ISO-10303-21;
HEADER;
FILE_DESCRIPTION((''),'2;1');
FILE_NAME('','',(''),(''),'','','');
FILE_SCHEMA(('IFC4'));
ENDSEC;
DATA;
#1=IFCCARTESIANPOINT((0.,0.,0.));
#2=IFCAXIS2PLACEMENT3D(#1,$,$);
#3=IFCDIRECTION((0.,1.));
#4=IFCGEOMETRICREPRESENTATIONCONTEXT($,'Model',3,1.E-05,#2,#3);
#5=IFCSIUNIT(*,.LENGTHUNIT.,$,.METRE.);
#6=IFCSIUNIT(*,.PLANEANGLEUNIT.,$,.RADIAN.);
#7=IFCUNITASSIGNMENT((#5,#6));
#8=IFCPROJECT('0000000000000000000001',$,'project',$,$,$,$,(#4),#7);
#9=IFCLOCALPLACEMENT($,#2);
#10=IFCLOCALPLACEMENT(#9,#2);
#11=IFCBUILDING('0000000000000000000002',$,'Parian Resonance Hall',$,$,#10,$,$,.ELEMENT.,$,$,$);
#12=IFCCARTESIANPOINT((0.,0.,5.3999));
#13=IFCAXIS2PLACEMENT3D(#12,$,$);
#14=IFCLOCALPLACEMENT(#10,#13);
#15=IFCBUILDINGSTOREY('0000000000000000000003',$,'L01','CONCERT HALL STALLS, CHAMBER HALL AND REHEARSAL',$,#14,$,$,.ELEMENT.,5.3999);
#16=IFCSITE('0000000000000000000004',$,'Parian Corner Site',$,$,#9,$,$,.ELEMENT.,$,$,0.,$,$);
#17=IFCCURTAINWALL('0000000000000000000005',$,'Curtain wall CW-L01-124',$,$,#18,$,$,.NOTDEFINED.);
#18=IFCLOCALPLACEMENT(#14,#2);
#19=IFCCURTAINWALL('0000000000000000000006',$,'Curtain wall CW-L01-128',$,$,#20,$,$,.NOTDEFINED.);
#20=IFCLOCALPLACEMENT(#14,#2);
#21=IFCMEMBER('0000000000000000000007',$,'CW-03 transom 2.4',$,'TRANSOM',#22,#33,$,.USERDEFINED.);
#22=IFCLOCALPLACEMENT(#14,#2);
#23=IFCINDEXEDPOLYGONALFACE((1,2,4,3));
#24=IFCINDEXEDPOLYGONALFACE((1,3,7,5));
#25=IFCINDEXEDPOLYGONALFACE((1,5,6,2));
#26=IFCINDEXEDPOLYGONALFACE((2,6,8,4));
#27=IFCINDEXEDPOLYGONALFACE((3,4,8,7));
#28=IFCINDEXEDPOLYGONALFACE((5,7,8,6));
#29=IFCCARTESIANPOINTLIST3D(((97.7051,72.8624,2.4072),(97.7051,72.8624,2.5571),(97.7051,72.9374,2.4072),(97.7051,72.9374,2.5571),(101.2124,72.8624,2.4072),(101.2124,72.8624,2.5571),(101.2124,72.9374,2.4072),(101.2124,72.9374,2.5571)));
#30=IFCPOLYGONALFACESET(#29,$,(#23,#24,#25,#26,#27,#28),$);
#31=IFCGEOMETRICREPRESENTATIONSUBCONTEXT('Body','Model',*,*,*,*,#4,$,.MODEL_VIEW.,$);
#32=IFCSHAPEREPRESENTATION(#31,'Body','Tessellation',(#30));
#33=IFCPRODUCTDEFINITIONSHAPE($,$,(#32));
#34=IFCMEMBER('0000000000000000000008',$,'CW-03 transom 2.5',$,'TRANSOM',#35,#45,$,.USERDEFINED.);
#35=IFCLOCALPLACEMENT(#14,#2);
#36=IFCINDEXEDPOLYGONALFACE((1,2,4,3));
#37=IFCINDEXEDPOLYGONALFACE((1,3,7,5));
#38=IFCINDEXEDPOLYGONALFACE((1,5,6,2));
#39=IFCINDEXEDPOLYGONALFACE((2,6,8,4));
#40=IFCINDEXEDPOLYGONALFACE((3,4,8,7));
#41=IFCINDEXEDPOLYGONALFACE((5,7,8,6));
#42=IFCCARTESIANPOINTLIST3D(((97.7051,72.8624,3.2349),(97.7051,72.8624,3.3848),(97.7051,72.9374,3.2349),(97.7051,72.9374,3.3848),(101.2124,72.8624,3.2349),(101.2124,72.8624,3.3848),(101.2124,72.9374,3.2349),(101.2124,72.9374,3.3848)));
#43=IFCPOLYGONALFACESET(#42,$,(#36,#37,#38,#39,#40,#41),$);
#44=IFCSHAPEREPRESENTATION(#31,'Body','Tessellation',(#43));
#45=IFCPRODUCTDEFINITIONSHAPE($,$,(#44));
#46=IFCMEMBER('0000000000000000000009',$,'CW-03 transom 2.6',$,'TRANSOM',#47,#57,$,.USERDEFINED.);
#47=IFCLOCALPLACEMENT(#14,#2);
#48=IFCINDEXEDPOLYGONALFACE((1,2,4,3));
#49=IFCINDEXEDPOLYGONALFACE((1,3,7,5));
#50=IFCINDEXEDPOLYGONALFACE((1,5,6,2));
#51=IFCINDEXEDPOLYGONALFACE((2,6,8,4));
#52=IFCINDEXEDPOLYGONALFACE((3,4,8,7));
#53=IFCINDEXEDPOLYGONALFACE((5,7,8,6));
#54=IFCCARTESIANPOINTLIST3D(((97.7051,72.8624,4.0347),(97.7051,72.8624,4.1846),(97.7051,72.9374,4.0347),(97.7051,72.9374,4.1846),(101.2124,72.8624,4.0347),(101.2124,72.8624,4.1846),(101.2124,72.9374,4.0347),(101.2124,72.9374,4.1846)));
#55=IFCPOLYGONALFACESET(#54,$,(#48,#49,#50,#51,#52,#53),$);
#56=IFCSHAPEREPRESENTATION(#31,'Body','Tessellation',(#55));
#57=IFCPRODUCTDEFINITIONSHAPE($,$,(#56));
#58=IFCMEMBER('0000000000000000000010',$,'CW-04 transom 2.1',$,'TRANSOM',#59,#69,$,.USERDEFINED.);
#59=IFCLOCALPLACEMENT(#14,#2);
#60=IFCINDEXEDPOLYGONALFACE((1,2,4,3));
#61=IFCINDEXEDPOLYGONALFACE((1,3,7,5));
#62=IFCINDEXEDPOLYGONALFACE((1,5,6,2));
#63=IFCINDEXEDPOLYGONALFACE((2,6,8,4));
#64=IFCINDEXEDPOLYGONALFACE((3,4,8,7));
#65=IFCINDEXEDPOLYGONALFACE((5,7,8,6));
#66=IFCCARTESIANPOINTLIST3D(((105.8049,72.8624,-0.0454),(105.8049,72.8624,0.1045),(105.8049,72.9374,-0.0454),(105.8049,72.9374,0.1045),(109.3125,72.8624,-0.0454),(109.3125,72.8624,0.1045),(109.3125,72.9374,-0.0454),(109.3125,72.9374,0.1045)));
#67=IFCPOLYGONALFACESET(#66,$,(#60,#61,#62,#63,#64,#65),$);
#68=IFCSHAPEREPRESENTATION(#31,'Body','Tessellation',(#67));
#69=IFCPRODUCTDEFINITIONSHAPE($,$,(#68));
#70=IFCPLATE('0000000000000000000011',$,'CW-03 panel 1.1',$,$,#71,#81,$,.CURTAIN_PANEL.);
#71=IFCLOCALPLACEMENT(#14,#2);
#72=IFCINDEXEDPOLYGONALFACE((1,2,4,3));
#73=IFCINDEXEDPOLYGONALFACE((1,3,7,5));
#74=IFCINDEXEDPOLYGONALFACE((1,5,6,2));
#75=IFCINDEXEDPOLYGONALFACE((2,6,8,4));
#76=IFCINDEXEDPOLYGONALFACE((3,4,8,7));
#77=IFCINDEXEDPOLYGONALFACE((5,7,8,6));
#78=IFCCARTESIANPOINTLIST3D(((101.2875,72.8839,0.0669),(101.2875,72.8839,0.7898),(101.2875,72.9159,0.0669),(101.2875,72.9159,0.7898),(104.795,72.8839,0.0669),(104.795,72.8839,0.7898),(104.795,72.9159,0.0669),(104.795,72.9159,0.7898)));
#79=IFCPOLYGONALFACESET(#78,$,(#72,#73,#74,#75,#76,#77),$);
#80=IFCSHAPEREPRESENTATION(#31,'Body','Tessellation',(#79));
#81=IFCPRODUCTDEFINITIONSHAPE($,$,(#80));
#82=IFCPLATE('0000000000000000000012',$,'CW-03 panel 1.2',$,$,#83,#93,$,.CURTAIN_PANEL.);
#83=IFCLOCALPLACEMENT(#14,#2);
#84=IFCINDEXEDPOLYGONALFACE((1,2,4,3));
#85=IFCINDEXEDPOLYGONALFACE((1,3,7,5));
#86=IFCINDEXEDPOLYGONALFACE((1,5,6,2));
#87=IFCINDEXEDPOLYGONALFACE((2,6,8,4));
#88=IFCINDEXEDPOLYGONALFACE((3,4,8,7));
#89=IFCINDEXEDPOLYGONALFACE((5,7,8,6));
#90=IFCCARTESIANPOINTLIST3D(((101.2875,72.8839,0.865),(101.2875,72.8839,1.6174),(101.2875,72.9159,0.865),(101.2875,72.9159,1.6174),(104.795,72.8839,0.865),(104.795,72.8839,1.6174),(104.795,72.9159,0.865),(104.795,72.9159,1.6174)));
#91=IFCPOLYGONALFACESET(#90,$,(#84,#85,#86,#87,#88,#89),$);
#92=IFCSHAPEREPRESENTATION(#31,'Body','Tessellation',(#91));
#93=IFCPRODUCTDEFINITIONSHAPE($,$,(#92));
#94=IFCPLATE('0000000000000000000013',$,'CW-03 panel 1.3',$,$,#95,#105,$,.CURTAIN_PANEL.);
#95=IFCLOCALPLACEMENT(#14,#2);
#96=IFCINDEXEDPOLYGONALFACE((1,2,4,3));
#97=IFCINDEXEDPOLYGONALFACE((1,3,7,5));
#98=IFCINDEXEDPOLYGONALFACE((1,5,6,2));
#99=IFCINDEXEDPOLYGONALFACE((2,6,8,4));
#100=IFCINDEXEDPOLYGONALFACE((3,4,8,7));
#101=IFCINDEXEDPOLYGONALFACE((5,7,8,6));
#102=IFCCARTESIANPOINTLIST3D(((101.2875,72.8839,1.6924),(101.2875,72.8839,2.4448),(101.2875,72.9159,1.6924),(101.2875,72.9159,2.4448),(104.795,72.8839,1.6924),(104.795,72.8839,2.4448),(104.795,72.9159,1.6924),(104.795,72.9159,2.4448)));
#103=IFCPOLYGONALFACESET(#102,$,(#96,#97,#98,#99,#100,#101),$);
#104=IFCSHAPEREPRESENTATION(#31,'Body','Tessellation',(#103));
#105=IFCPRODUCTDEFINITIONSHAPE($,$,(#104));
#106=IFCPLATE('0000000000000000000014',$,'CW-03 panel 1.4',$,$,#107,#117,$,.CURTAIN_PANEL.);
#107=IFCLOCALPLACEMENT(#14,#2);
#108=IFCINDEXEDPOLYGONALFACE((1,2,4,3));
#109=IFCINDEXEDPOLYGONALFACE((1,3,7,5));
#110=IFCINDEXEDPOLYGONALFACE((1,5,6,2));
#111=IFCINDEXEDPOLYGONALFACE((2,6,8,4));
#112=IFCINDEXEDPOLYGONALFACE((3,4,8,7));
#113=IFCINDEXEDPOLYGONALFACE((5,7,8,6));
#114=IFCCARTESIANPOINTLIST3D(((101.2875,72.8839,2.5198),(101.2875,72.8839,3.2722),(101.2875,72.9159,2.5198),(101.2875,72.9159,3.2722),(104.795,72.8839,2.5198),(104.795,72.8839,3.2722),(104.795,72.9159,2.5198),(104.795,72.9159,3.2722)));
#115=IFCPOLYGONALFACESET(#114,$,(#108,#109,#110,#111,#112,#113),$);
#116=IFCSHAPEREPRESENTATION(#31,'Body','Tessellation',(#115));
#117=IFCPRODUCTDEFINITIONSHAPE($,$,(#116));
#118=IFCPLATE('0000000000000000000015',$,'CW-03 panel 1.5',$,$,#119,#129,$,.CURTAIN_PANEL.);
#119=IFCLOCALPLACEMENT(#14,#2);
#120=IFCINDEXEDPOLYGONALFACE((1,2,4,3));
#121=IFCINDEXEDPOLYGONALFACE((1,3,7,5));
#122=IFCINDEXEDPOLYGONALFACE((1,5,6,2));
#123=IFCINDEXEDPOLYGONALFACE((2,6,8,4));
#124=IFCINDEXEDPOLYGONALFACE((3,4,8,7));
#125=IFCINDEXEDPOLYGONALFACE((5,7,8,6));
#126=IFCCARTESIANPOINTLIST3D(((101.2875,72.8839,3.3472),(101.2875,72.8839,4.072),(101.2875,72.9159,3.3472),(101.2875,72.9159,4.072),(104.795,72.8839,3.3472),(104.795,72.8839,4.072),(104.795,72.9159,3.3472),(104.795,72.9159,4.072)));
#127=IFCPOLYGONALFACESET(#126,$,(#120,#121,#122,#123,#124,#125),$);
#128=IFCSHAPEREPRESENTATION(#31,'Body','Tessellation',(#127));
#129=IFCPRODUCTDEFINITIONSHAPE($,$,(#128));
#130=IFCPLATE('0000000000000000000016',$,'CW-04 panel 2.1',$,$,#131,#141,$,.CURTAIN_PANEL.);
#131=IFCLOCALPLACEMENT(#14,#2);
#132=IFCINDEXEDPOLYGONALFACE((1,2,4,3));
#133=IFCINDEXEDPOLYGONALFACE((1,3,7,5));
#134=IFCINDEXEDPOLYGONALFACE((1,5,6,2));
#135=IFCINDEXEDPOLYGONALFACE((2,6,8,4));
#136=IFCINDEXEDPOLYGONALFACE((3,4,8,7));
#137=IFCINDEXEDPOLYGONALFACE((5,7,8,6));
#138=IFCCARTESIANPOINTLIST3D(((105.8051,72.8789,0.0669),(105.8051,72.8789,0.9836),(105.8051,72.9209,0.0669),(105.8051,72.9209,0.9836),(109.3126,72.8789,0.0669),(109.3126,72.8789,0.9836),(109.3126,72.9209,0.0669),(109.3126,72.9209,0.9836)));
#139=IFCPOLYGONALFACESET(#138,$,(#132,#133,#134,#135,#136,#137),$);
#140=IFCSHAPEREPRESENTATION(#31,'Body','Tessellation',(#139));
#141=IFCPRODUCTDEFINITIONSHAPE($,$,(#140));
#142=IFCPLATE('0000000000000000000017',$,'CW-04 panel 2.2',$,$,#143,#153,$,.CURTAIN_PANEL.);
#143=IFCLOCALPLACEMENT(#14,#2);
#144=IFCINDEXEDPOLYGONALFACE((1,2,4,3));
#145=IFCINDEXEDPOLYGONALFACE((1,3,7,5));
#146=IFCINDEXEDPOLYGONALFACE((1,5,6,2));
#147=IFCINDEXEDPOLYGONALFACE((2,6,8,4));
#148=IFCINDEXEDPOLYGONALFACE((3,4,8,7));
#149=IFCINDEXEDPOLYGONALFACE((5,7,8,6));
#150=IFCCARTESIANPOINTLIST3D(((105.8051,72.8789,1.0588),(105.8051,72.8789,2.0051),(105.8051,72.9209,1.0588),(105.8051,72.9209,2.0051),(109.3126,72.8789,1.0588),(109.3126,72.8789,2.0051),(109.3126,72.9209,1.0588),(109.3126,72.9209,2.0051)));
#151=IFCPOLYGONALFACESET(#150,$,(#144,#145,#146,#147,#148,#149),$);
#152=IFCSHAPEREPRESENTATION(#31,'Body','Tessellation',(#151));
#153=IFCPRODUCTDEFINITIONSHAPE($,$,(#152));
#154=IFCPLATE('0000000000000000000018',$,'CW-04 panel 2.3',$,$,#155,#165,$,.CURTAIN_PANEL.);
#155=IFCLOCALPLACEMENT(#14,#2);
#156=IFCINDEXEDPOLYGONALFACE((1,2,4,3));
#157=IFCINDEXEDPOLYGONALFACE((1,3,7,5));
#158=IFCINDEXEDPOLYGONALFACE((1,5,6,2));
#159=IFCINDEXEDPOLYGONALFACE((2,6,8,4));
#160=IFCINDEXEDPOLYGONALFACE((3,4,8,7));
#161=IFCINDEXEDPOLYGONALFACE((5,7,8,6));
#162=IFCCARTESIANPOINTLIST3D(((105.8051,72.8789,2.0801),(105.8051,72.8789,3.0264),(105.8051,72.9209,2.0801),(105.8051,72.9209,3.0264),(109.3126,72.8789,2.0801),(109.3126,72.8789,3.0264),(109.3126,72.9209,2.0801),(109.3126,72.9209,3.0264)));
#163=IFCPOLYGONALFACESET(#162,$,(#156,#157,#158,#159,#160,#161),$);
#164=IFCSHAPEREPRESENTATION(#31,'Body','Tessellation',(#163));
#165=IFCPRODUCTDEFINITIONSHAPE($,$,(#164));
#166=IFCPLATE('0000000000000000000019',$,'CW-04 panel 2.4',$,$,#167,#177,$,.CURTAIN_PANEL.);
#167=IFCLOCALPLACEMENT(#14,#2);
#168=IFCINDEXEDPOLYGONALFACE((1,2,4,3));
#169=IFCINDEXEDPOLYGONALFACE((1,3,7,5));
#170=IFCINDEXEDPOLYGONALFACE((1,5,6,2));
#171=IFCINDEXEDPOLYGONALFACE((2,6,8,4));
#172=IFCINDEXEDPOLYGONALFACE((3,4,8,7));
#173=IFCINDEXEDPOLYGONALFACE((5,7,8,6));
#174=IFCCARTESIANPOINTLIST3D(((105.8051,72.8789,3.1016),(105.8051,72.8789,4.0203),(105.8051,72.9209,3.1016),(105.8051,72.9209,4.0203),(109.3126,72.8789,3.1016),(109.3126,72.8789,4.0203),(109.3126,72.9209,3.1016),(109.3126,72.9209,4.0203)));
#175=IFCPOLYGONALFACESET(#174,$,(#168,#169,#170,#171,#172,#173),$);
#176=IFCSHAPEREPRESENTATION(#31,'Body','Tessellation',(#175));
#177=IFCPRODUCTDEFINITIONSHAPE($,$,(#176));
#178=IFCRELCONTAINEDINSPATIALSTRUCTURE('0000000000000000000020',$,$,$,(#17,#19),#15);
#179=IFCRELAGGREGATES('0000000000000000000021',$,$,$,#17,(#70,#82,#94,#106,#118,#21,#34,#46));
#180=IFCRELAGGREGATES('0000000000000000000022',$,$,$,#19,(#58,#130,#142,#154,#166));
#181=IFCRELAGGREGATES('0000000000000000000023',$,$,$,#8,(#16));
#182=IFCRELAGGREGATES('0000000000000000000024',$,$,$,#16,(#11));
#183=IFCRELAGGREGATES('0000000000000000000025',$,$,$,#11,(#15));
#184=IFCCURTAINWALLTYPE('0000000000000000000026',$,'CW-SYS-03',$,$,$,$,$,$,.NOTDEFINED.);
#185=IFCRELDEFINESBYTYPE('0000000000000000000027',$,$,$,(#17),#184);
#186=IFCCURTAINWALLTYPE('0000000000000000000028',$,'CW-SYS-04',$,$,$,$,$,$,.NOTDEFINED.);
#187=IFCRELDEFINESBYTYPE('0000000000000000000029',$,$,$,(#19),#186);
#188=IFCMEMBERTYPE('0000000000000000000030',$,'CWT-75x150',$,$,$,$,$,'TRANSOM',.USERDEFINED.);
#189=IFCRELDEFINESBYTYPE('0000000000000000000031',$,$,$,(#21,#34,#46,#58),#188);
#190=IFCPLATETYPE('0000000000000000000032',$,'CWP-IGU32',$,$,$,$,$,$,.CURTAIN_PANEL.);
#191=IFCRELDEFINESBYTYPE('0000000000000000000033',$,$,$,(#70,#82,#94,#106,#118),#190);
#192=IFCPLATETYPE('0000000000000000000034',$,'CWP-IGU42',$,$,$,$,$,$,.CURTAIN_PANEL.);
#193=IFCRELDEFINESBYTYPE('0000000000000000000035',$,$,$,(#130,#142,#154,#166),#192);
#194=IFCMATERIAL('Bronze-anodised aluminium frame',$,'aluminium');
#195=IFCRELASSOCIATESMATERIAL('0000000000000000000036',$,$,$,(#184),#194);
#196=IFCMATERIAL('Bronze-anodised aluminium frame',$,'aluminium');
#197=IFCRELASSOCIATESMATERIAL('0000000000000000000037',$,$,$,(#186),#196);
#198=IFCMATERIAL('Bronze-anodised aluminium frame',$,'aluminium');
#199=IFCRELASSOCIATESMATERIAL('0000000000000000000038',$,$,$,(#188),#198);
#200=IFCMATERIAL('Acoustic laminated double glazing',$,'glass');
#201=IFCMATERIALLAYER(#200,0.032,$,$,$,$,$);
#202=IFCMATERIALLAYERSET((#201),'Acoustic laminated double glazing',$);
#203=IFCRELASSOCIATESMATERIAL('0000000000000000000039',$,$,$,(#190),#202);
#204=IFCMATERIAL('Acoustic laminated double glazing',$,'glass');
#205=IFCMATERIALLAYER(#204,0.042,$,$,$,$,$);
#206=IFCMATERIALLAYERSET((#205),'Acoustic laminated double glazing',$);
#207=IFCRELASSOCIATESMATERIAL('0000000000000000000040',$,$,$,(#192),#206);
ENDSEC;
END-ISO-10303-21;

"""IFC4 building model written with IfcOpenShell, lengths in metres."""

from ifc_helpers import new_model, si_unit, direction, frame, origin, origin_2d, place, context, subcontext, project, spatial, rectangle, extrude, material, layer, layer_set, material_profile, profile_set, type_object, element, aggregate, save


model = new_model("IFC4")

# Units and contexts
model_context = context("Model", 3, precision=1e-05, world=origin(), true_north=direction((0.0, 1.0)))
body_context = subcontext(model_context, "Body", "Model", "MODEL_VIEW")
ifc_project = project(units=[si_unit("LENGTHUNIT", "METRE"), si_unit("PLANEANGLEUNIT", "RADIAN")], contexts=[model_context])

# Site, building, storey
site_placement = place(None, origin())
site = spatial("IfcSite", under=ifc_project, at=site_placement, Name="Parian Corner Site", CompositionType="ELEMENT", RefElevation=0.0)
building_placement = place(site_placement, origin())
building = spatial("IfcBuilding", under=site, at=building_placement, Name="Parian Resonance Hall", CompositionType="ELEMENT")
storey_placement = place(building_placement, frame((0.0, 0.0, 5.3999)))
storey = spatial("IfcBuildingStorey", under=building, at=storey_placement, Name="L01", Description="CONCERT HALL STALLS, CHAMBER HALL AND REHEARSAL", CompositionType="ELEMENT", Elevation=5.3999)

# Curtain wall
ifc_material_1 = material(Name="Bronze-anodised aluminium frame", Category="aluminium")
curtain_wall_type_1 = type_object("IfcCurtainWallType", Name="CW-SYS-03", PredefinedType="NOTDEFINED", material=ifc_material_1)
curtain_wall_1_placement = place(storey_placement, origin())
curtain_wall_1 = element("IfcCurtainWall", 1, at=curtain_wall_1_placement, inside=storey, type_object=curtain_wall_type_1, Name="Curtain wall CW-L01-124", PredefinedType="NOTDEFINED")

# Curtain wall
ifc_material_2 = material(Name="Bronze-anodised aluminium frame", Category="aluminium")
curtain_wall_type_2 = type_object("IfcCurtainWallType", Name="CW-SYS-04", PredefinedType="NOTDEFINED", material=ifc_material_2)
curtain_wall_2_placement = place(storey_placement, origin())
curtain_wall_2 = element("IfcCurtainWall", 2, at=curtain_wall_2_placement, inside=storey, type_object=curtain_wall_type_2, Name="Curtain wall CW-L01-128", PredefinedType="NOTDEFINED")

# Members
ifc_material_3 = material(Name="Bronze-anodised aluminium frame", Category="aluminium")
ifc_material_profile_1 = material_profile(ifc_material_3, rectangle(XDim=0.075, YDim=0.1499, at=origin_2d()), Name="CWT-75x150")
ifc_profile_set_1 = profile_set([ifc_material_profile_1], Name="Bronze-anodised aluminium frame")
member_type_1 = type_object("IfcMemberType", Name="CWT-75x150", ElementType="TRANSOM", PredefinedType="USERDEFINED", material=ifc_profile_set_1)
member_1_placement = place(storey_placement, frame((101.2124, 72.8999, 2.4822), z_axis=(-1.0, 0.0, 0.0), x_axis=(0.0, -1.0, 0.0)))
member_1 = element("IfcMember", 3, at=member_1_placement, type_object=member_type_1, Name="CW-03 transom 2.4", ObjectType="TRANSOM", PredefinedType="USERDEFINED", context=body_context, shape_type="SweptSolid", body=[
    extrude(rectangle(XDim=0.075, YDim=0.1499, at=origin_2d()), origin(), (0.0, 0.0, 1.0), 3.5073),
])
member_2_placement = place(storey_placement, frame((101.2124, 72.8999, 3.3098), z_axis=(-1.0, 0.0, 0.0), x_axis=(0.0, -1.0, 0.0)))
member_2 = element("IfcMember", 4, at=member_2_placement, type_object=member_type_1, Name="CW-03 transom 2.5", ObjectType="TRANSOM", PredefinedType="USERDEFINED", context=body_context, shape_type="SweptSolid", body=[
    extrude(rectangle(XDim=0.075, YDim=0.1499, at=origin_2d()), origin(), (0.0, 0.0, 1.0), 3.5073),
])
member_3_placement = place(storey_placement, frame((101.2124, 72.8999, 4.1096), z_axis=(-1.0, 0.0, 0.0), x_axis=(0.0, -1.0, 0.0)))
member_3 = element("IfcMember", 5, at=member_3_placement, type_object=member_type_1, Name="CW-03 transom 2.6", ObjectType="TRANSOM", PredefinedType="USERDEFINED", context=body_context, shape_type="SweptSolid", body=[
    extrude(rectangle(XDim=0.075, YDim=0.1499, at=origin_2d()), origin(), (0.0, 0.0, 1.0), 3.5073),
])
member_4_placement = place(storey_placement, frame((109.3125, 72.8999, 0.0295), z_axis=(-1.0, 0.0, 0.0), x_axis=(0.0, -1.0, 0.0)))
member_4 = element("IfcMember", 6, at=member_4_placement, type_object=member_type_1, Name="CW-04 transom 2.1", ObjectType="TRANSOM", PredefinedType="USERDEFINED", context=body_context, shape_type="SweptSolid", body=[
    extrude(rectangle(XDim=0.075, YDim=0.1499, at=origin_2d()), origin(), (0.0, 0.0, 1.0), 3.5076),
])

# Plates
ifc_material_4 = material(Name="Acoustic laminated double glazing", Category="glass")
ifc_layer_1 = layer(ifc_material_4, 0.032)
ifc_layer_set_1 = layer_set([ifc_layer_1], Name="Acoustic laminated double glazing")
plate_type_1 = type_object("IfcPlateType", Name="CWP-IGU32", PredefinedType="CURTAIN_PANEL", material=ifc_layer_set_1)
plate_1_placement = place(storey_placement, frame((103.0413, 72.8999, 0.0669), z_axis=(0.0, 0.0, 1.0), x_axis=(-1.0, 0.0, 0.0)))
plate_1 = element("IfcPlate", 7, at=plate_1_placement, type_object=plate_type_1, Name="CW-03 panel 1.1", PredefinedType="CURTAIN_PANEL", context=body_context, shape_type="SweptSolid", body=[
    extrude(rectangle(XDim=3.5076, YDim=0.032, at=origin_2d()), origin(), (0.0, 0.0, 1.0), 0.7229),
])
plate_2_placement = place(storey_placement, frame((103.0413, 72.8999, 0.865), z_axis=(0.0, 0.0, 1.0), x_axis=(-1.0, 0.0, 0.0)))
plate_2 = element("IfcPlate", 8, at=plate_2_placement, type_object=plate_type_1, Name="CW-03 panel 1.2", PredefinedType="CURTAIN_PANEL", context=body_context, shape_type="SweptSolid", body=[
    extrude(rectangle(XDim=3.5076, YDim=0.032, at=origin_2d()), origin(), (0.0, 0.0, 1.0), 0.7524),
])
plate_3_placement = place(storey_placement, frame((103.0413, 72.8999, 1.6924), z_axis=(0.0, 0.0, 1.0), x_axis=(-1.0, 0.0, 0.0)))
plate_3 = element("IfcPlate", 9, at=plate_3_placement, type_object=plate_type_1, Name="CW-03 panel 1.3", PredefinedType="CURTAIN_PANEL", context=body_context, shape_type="SweptSolid", body=[
    extrude(rectangle(XDim=3.5076, YDim=0.032, at=origin_2d()), origin(), (0.0, 0.0, 1.0), 0.7524),
])
plate_4_placement = place(storey_placement, frame((103.0413, 72.8999, 2.5198), z_axis=(0.0, 0.0, 1.0), x_axis=(-1.0, 0.0, 0.0)))
plate_4 = element("IfcPlate", 10, at=plate_4_placement, type_object=plate_type_1, Name="CW-03 panel 1.4", PredefinedType="CURTAIN_PANEL", context=body_context, shape_type="SweptSolid", body=[
    extrude(rectangle(XDim=3.5076, YDim=0.032, at=origin_2d()), origin(), (0.0, 0.0, 1.0), 0.7524),
])
plate_5_placement = place(storey_placement, frame((103.0413, 72.8999, 3.3472), z_axis=(0.0, 0.0, 1.0), x_axis=(-1.0, 0.0, 0.0)))
plate_5 = element("IfcPlate", 11, at=plate_5_placement, type_object=plate_type_1, Name="CW-03 panel 1.5", PredefinedType="CURTAIN_PANEL", context=body_context, shape_type="SweptSolid", body=[
    extrude(rectangle(XDim=3.5076, YDim=0.032, at=origin_2d()), origin(), (0.0, 0.0, 1.0), 0.7249),
])
aggregate(curtain_wall_1, [plate_1, plate_2, plate_3, plate_4, plate_5, member_1, member_2, member_3])
ifc_material_5 = material(Name="Acoustic laminated double glazing", Category="glass")
ifc_layer_2 = layer(ifc_material_5, 0.042)
ifc_layer_set_2 = layer_set([ifc_layer_2], Name="Acoustic laminated double glazing")
plate_type_2 = type_object("IfcPlateType", Name="CWP-IGU42", PredefinedType="CURTAIN_PANEL", material=ifc_layer_set_2)
plate_6_placement = place(storey_placement, frame((107.5588, 72.8999, 0.0669), z_axis=(0.0, 0.0, 1.0), x_axis=(-1.0, 0.0, 0.0)))
plate_6 = element("IfcPlate", 12, at=plate_6_placement, type_object=plate_type_2, Name="CW-04 panel 2.1", PredefinedType="CURTAIN_PANEL", context=body_context, shape_type="SweptSolid", body=[
    extrude(rectangle(XDim=3.5076, YDim=0.042, at=origin_2d()), origin(), (0.0, 0.0, 1.0), 0.9167),
])
plate_7_placement = place(storey_placement, frame((107.5588, 72.8999, 1.0588), z_axis=(0.0, 0.0, 1.0), x_axis=(-1.0, 0.0, 0.0)))
plate_7 = element("IfcPlate", 13, at=plate_7_placement, type_object=plate_type_2, Name="CW-04 panel 2.2", PredefinedType="CURTAIN_PANEL", context=body_context, shape_type="SweptSolid", body=[
    extrude(rectangle(XDim=3.5076, YDim=0.042, at=origin_2d()), origin(), (0.0, 0.0, 1.0), 0.9463),
])
plate_8_placement = place(storey_placement, frame((107.5588, 72.8999, 2.0801), z_axis=(0.0, 0.0, 1.0), x_axis=(-1.0, 0.0, 0.0)))
plate_8 = element("IfcPlate", 14, at=plate_8_placement, type_object=plate_type_2, Name="CW-04 panel 2.3", PredefinedType="CURTAIN_PANEL", context=body_context, shape_type="SweptSolid", body=[
    extrude(rectangle(XDim=3.5076, YDim=0.042, at=origin_2d()), origin(), (0.0, 0.0, 1.0), 0.9463),
])
plate_9_placement = place(storey_placement, frame((107.5588, 72.8999, 3.1016), z_axis=(0.0, 0.0, 1.0), x_axis=(-1.0, 0.0, 0.0)))
plate_9 = element("IfcPlate", 15, at=plate_9_placement, type_object=plate_type_2, Name="CW-04 panel 2.4", PredefinedType="CURTAIN_PANEL", context=body_context, shape_type="SweptSolid", body=[
    extrude(rectangle(XDim=3.5076, YDim=0.042, at=origin_2d()), origin(), (0.0, 0.0, 1.0), 0.9187),
])
aggregate(curtain_wall_2, [member_4, plate_6, plate_7, plate_8, plate_9])

save(model, "model.ifc")
